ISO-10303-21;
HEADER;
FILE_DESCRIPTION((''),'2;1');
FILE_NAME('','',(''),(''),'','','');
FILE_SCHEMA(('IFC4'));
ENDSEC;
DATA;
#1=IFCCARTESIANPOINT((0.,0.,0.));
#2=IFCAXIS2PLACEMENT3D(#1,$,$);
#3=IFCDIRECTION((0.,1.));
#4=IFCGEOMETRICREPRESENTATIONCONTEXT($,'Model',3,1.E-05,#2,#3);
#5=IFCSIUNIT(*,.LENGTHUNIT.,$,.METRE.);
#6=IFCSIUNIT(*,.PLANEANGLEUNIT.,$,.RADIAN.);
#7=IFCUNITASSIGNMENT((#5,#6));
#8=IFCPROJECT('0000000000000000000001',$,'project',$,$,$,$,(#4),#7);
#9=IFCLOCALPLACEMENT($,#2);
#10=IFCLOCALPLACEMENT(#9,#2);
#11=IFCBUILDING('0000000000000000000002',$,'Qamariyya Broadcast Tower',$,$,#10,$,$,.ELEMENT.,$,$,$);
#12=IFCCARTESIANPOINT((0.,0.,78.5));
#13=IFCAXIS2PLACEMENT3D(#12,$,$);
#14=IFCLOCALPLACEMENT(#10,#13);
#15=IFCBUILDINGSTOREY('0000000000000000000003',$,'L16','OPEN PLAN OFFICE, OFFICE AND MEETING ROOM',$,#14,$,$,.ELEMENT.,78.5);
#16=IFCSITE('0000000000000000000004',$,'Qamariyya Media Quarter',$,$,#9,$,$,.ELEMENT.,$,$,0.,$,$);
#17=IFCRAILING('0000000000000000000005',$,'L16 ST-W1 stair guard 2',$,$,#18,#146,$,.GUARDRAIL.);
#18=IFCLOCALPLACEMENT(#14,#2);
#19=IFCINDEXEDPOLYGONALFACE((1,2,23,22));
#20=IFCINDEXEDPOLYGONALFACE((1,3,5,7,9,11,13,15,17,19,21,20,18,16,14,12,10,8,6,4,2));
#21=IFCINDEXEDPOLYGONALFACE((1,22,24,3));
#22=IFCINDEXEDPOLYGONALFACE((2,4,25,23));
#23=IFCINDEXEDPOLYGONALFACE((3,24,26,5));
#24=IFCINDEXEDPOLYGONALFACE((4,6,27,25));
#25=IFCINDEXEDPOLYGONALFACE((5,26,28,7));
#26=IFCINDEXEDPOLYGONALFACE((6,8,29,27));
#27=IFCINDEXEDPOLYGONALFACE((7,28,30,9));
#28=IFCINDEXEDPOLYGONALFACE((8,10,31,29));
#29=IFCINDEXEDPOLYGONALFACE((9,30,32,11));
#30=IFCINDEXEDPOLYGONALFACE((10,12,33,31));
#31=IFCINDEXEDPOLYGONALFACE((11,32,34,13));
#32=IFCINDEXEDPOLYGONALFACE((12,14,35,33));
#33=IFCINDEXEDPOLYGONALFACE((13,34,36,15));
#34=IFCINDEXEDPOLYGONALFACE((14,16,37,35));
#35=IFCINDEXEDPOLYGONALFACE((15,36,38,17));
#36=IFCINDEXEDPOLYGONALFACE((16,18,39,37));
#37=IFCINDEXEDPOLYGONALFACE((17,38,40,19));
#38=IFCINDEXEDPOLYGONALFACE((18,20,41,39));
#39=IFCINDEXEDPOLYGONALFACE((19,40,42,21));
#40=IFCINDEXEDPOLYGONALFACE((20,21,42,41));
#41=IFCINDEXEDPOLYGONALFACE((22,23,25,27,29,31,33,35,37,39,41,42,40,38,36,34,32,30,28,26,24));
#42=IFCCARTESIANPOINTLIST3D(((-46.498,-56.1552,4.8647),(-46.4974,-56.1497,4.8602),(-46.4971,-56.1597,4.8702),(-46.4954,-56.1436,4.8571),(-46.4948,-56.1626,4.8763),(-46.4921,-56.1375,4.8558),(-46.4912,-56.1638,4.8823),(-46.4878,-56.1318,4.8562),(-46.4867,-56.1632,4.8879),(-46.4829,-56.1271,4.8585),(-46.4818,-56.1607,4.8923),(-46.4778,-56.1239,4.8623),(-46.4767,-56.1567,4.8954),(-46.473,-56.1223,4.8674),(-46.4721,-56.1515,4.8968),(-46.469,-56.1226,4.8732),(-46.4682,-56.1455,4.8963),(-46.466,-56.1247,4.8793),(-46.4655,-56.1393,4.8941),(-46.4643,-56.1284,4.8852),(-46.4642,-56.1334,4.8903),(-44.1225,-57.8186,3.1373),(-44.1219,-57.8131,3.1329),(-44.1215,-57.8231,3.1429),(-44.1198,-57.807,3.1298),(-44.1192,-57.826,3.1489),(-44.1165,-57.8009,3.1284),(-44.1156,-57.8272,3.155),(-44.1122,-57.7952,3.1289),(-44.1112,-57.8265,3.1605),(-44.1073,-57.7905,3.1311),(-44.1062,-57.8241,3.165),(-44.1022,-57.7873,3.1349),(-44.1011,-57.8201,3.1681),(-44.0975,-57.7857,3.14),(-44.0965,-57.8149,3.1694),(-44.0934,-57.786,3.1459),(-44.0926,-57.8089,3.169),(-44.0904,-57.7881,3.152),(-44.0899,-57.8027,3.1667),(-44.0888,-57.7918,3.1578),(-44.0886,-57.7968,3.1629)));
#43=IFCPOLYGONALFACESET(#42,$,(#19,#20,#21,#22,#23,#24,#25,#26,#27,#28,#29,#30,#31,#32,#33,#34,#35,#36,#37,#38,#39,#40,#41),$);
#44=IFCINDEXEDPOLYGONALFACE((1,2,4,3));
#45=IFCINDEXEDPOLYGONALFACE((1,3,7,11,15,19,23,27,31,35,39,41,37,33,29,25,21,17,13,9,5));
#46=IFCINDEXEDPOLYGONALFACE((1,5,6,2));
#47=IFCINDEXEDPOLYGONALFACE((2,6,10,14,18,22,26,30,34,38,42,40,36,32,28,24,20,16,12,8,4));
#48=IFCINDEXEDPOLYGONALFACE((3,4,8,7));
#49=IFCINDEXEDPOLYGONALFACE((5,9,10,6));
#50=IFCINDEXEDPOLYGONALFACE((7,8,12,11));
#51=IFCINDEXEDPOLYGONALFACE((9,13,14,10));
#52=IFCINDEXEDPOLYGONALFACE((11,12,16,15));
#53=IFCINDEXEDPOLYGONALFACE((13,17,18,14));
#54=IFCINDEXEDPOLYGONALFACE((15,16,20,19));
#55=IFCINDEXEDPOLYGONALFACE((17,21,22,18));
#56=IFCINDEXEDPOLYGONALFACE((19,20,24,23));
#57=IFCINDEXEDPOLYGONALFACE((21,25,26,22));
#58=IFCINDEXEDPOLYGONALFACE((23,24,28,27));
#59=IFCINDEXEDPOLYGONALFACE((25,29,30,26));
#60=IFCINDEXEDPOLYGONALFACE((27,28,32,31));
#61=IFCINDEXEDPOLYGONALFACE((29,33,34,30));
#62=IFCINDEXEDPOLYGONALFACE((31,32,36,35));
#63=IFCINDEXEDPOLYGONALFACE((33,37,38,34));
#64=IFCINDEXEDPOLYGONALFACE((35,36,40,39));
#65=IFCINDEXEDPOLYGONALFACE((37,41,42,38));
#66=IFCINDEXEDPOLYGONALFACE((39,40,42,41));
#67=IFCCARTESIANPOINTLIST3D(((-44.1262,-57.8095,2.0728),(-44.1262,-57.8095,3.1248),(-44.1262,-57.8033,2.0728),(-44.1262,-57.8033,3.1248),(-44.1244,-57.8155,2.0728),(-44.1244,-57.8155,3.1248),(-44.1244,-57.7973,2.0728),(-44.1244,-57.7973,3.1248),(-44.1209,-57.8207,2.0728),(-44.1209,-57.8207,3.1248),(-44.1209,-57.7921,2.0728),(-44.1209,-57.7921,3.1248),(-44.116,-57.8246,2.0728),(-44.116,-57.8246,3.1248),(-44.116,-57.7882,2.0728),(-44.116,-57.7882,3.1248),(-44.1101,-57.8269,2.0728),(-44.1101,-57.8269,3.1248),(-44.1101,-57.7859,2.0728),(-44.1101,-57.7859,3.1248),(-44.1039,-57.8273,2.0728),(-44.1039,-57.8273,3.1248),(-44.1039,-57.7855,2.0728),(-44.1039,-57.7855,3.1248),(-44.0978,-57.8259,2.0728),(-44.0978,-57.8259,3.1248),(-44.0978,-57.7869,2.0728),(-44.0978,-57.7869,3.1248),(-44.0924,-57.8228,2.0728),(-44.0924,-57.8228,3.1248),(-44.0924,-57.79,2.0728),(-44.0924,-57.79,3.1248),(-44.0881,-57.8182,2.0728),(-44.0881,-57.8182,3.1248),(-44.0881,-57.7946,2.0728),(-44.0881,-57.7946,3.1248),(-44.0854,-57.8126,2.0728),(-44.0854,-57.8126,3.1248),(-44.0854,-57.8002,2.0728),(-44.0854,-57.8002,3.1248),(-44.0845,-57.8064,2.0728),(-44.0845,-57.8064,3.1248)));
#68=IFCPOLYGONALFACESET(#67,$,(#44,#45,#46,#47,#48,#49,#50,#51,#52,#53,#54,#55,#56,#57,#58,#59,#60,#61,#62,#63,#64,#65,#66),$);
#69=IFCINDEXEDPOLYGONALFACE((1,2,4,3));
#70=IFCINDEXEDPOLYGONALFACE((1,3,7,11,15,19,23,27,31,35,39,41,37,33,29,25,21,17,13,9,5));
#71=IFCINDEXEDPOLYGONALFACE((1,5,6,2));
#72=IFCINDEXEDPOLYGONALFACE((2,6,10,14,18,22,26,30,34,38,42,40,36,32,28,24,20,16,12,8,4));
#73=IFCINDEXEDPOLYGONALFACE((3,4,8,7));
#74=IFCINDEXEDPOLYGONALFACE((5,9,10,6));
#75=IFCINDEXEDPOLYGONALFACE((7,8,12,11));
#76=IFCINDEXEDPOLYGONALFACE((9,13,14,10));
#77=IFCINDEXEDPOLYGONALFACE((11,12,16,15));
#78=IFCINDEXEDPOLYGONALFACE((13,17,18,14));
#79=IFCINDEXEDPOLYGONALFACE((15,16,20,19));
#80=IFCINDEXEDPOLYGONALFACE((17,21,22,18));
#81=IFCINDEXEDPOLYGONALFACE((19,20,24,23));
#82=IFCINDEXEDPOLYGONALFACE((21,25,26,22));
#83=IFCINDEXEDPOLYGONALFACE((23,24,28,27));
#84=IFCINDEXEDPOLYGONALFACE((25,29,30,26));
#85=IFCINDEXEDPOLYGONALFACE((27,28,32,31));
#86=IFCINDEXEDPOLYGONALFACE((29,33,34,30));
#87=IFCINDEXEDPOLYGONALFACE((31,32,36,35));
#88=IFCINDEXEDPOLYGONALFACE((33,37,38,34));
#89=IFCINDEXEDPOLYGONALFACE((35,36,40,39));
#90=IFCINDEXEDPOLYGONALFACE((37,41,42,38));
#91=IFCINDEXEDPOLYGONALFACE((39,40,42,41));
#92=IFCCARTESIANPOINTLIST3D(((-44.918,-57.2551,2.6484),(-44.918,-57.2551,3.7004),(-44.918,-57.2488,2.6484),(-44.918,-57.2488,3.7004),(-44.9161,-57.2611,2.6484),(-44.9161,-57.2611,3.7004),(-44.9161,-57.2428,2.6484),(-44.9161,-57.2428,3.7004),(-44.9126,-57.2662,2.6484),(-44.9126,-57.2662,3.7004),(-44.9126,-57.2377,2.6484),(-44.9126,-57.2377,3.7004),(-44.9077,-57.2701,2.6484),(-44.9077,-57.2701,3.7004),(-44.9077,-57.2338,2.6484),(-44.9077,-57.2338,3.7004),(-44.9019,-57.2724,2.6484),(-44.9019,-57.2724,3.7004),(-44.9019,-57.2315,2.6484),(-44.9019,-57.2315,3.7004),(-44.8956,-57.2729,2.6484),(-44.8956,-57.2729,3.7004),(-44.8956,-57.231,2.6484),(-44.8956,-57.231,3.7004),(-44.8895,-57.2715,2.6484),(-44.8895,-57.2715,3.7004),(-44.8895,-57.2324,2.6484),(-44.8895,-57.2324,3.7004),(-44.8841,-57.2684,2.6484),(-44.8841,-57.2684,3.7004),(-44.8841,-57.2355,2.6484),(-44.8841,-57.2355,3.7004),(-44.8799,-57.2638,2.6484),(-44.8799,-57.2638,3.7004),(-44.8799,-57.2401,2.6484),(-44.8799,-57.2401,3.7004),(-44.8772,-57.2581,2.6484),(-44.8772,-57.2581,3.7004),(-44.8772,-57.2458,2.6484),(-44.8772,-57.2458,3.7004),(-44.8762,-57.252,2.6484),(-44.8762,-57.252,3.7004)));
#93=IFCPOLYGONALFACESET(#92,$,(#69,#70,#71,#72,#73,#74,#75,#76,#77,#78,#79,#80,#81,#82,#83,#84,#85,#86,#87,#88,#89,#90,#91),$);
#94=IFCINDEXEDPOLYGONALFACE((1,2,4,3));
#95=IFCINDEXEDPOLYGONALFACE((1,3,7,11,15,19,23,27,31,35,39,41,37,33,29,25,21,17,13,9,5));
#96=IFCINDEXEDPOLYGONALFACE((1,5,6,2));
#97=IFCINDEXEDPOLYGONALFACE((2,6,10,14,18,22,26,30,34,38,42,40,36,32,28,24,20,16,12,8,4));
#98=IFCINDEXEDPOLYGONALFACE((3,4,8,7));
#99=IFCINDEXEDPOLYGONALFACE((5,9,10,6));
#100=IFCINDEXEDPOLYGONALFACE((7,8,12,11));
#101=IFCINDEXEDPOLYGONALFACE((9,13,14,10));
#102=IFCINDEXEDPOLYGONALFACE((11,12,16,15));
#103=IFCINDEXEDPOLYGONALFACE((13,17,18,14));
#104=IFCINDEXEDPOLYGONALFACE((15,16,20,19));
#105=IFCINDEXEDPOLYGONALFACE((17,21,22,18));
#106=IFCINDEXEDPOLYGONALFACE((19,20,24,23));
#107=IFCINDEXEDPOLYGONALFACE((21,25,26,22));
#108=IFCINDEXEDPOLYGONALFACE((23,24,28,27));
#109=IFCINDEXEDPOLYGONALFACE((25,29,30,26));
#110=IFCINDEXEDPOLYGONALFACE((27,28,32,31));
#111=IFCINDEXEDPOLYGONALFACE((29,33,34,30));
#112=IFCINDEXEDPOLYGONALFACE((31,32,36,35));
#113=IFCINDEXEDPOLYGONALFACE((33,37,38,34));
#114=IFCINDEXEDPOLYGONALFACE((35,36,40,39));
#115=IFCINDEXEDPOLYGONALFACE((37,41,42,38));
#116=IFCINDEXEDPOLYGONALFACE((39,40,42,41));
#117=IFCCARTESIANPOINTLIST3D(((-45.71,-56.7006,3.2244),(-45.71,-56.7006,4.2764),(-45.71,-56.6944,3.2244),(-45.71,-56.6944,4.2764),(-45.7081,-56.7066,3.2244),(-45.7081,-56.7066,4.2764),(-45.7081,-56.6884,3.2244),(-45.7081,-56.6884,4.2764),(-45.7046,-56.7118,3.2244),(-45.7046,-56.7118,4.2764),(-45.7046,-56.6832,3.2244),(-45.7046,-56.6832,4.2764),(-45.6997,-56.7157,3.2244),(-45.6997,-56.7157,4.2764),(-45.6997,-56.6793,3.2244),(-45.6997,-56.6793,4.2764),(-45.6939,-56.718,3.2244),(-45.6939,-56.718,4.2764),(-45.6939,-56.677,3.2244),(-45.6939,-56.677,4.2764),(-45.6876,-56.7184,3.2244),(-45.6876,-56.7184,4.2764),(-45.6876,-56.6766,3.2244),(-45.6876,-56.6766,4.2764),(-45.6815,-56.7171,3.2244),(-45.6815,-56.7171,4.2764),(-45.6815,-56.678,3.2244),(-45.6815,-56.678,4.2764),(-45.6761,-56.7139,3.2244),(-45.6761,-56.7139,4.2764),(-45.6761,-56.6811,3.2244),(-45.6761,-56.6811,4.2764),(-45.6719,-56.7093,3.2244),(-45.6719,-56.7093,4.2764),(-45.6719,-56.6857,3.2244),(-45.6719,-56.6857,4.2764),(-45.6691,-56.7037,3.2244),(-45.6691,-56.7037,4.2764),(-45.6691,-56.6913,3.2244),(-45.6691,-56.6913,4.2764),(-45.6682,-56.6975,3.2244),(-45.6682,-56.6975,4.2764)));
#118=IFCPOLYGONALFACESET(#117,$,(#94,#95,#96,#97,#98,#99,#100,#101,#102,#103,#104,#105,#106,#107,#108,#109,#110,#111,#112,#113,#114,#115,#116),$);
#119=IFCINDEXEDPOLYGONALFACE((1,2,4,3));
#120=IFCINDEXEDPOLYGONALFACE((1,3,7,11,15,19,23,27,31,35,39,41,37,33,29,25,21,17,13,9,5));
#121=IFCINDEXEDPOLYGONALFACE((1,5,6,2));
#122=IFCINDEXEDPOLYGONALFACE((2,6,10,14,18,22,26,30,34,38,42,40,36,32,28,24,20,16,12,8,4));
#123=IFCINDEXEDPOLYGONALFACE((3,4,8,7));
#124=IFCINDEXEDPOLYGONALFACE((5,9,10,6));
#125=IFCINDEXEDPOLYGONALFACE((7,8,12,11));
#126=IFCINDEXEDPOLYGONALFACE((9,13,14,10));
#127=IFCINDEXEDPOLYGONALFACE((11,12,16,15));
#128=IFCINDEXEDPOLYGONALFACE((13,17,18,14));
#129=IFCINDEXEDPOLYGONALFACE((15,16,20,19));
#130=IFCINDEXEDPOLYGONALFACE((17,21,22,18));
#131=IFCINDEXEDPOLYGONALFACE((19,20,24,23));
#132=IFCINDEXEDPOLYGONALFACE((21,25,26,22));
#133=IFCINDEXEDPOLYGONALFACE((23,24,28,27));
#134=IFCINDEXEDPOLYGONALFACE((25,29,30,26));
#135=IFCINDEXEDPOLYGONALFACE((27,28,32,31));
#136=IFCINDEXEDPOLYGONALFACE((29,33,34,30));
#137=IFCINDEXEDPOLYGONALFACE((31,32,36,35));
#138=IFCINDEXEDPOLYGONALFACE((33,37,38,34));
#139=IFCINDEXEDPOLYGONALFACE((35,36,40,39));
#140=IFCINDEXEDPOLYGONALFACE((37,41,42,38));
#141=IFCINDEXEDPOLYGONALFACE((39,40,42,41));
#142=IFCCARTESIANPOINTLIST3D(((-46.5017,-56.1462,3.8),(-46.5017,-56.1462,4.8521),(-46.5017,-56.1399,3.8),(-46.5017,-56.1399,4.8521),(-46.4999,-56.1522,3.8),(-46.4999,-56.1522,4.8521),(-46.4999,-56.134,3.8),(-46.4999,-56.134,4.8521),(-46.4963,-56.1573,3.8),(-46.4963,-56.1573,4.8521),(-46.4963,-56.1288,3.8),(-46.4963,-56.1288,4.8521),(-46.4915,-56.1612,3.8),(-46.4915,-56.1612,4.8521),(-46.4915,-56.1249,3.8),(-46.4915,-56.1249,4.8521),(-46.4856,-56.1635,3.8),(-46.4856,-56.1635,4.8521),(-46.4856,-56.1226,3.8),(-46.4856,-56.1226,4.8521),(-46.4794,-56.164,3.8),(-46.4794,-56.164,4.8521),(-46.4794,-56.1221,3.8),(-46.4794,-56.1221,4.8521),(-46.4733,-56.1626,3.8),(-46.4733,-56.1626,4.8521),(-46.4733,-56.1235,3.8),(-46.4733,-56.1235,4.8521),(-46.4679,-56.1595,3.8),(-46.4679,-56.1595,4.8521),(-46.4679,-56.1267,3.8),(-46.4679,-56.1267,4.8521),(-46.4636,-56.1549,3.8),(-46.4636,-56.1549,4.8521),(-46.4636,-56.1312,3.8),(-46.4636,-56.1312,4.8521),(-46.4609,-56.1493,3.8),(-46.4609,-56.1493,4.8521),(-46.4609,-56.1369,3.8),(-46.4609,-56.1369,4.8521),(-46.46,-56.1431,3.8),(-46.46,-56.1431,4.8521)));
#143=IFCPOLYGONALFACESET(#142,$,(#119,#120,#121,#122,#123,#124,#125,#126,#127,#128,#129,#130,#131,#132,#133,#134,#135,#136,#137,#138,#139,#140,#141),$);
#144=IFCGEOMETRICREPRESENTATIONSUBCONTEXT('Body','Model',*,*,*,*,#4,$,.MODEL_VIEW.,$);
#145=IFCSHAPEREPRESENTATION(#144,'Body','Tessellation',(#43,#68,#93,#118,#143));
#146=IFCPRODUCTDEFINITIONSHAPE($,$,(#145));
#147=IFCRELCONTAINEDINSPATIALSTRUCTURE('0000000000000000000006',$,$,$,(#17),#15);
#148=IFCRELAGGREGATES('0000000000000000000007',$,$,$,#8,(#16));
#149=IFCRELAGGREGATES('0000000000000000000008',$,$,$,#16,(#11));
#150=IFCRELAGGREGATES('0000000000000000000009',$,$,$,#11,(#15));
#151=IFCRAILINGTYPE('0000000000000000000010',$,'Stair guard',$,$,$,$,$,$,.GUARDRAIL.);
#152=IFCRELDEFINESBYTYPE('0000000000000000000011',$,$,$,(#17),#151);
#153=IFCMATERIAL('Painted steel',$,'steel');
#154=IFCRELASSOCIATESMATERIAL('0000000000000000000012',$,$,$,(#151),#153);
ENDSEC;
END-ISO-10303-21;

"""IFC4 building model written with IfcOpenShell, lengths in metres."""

from ifc_helpers import new_model, si_unit, direction, frame, origin, origin_2d, place, context, subcontext, project, spatial, circle, extrude, material, type_object, element, save


model = new_model("IFC4")

# Units and contexts
model_context = context("Model", 3, precision=1e-05, world=origin(), true_north=direction((0.0, 1.0)))
body_context = subcontext(model_context, "Body", "Model", "MODEL_VIEW")
ifc_project = project(units=[si_unit("LENGTHUNIT", "METRE"), si_unit("PLANEANGLEUNIT", "RADIAN")], contexts=[model_context])

# Site, building, storey
site_placement = place(None, origin())
site = spatial("IfcSite", under=ifc_project, at=site_placement, Name="Qamariyya Media Quarter", CompositionType="ELEMENT", RefElevation=0.0)
building_placement = place(site_placement, origin())
building = spatial("IfcBuilding", under=site, at=building_placement, Name="Qamariyya Broadcast Tower", CompositionType="ELEMENT")
storey_placement = place(building_placement, frame((0.0, 0.0, 78.5)))
storey = spatial("IfcBuildingStorey", under=building, at=storey_placement, Name="L16", Description="OPEN PLAN OFFICE, OFFICE AND MEETING ROOM", CompositionType="ELEMENT", Elevation=78.5)

# Railing
ifc_material_1 = material(Name="Painted steel", Category="steel")
railing_type_1 = type_object("IfcRailingType", Name="Stair guard", PredefinedType="GUARDRAIL", material=ifc_material_1)
railing_1_placement = place(storey_placement, frame((-44.1055, -57.8064, 2.0728)))
element("IfcRailing", 1, at=railing_1_placement, inside=storey, type_object=railing_type_1, Name="L16 ST-W1 stair guard 2", PredefinedType="GUARDRAIL", context=body_context, shape_type="SweptSolid", body=[
    extrude(circle(Radius=0.0239, at=origin_2d()), frame((0.0, 0.0, 1.0762), z_axis=(-0.70377, 0.492784, 0.511734), x_axis=(-0.573575, -0.819153, 0.0)), (0.0, 0.0, 1.0), 3.3755),
    extrude(circle(Radius=0.021, at=origin_2d()), origin(), (0.0, 0.0, 1.0), 1.052),
    extrude(circle(Radius=0.021, at=origin_2d()), frame((-0.7917, 0.5544, 0.5757)), (0.0, 0.0, 1.0), 1.052),
    extrude(circle(Radius=0.021, at=origin_2d()), frame((-1.5837, 1.1089, 1.1516)), (0.0, 0.0, 1.0), 1.052),
    extrude(circle(Radius=0.021, at=origin_2d()), frame((-2.3755, 1.6633, 1.7273)), (0.0, 0.0, 1.0), 1.052),
])

save(model, "model.ifc")
